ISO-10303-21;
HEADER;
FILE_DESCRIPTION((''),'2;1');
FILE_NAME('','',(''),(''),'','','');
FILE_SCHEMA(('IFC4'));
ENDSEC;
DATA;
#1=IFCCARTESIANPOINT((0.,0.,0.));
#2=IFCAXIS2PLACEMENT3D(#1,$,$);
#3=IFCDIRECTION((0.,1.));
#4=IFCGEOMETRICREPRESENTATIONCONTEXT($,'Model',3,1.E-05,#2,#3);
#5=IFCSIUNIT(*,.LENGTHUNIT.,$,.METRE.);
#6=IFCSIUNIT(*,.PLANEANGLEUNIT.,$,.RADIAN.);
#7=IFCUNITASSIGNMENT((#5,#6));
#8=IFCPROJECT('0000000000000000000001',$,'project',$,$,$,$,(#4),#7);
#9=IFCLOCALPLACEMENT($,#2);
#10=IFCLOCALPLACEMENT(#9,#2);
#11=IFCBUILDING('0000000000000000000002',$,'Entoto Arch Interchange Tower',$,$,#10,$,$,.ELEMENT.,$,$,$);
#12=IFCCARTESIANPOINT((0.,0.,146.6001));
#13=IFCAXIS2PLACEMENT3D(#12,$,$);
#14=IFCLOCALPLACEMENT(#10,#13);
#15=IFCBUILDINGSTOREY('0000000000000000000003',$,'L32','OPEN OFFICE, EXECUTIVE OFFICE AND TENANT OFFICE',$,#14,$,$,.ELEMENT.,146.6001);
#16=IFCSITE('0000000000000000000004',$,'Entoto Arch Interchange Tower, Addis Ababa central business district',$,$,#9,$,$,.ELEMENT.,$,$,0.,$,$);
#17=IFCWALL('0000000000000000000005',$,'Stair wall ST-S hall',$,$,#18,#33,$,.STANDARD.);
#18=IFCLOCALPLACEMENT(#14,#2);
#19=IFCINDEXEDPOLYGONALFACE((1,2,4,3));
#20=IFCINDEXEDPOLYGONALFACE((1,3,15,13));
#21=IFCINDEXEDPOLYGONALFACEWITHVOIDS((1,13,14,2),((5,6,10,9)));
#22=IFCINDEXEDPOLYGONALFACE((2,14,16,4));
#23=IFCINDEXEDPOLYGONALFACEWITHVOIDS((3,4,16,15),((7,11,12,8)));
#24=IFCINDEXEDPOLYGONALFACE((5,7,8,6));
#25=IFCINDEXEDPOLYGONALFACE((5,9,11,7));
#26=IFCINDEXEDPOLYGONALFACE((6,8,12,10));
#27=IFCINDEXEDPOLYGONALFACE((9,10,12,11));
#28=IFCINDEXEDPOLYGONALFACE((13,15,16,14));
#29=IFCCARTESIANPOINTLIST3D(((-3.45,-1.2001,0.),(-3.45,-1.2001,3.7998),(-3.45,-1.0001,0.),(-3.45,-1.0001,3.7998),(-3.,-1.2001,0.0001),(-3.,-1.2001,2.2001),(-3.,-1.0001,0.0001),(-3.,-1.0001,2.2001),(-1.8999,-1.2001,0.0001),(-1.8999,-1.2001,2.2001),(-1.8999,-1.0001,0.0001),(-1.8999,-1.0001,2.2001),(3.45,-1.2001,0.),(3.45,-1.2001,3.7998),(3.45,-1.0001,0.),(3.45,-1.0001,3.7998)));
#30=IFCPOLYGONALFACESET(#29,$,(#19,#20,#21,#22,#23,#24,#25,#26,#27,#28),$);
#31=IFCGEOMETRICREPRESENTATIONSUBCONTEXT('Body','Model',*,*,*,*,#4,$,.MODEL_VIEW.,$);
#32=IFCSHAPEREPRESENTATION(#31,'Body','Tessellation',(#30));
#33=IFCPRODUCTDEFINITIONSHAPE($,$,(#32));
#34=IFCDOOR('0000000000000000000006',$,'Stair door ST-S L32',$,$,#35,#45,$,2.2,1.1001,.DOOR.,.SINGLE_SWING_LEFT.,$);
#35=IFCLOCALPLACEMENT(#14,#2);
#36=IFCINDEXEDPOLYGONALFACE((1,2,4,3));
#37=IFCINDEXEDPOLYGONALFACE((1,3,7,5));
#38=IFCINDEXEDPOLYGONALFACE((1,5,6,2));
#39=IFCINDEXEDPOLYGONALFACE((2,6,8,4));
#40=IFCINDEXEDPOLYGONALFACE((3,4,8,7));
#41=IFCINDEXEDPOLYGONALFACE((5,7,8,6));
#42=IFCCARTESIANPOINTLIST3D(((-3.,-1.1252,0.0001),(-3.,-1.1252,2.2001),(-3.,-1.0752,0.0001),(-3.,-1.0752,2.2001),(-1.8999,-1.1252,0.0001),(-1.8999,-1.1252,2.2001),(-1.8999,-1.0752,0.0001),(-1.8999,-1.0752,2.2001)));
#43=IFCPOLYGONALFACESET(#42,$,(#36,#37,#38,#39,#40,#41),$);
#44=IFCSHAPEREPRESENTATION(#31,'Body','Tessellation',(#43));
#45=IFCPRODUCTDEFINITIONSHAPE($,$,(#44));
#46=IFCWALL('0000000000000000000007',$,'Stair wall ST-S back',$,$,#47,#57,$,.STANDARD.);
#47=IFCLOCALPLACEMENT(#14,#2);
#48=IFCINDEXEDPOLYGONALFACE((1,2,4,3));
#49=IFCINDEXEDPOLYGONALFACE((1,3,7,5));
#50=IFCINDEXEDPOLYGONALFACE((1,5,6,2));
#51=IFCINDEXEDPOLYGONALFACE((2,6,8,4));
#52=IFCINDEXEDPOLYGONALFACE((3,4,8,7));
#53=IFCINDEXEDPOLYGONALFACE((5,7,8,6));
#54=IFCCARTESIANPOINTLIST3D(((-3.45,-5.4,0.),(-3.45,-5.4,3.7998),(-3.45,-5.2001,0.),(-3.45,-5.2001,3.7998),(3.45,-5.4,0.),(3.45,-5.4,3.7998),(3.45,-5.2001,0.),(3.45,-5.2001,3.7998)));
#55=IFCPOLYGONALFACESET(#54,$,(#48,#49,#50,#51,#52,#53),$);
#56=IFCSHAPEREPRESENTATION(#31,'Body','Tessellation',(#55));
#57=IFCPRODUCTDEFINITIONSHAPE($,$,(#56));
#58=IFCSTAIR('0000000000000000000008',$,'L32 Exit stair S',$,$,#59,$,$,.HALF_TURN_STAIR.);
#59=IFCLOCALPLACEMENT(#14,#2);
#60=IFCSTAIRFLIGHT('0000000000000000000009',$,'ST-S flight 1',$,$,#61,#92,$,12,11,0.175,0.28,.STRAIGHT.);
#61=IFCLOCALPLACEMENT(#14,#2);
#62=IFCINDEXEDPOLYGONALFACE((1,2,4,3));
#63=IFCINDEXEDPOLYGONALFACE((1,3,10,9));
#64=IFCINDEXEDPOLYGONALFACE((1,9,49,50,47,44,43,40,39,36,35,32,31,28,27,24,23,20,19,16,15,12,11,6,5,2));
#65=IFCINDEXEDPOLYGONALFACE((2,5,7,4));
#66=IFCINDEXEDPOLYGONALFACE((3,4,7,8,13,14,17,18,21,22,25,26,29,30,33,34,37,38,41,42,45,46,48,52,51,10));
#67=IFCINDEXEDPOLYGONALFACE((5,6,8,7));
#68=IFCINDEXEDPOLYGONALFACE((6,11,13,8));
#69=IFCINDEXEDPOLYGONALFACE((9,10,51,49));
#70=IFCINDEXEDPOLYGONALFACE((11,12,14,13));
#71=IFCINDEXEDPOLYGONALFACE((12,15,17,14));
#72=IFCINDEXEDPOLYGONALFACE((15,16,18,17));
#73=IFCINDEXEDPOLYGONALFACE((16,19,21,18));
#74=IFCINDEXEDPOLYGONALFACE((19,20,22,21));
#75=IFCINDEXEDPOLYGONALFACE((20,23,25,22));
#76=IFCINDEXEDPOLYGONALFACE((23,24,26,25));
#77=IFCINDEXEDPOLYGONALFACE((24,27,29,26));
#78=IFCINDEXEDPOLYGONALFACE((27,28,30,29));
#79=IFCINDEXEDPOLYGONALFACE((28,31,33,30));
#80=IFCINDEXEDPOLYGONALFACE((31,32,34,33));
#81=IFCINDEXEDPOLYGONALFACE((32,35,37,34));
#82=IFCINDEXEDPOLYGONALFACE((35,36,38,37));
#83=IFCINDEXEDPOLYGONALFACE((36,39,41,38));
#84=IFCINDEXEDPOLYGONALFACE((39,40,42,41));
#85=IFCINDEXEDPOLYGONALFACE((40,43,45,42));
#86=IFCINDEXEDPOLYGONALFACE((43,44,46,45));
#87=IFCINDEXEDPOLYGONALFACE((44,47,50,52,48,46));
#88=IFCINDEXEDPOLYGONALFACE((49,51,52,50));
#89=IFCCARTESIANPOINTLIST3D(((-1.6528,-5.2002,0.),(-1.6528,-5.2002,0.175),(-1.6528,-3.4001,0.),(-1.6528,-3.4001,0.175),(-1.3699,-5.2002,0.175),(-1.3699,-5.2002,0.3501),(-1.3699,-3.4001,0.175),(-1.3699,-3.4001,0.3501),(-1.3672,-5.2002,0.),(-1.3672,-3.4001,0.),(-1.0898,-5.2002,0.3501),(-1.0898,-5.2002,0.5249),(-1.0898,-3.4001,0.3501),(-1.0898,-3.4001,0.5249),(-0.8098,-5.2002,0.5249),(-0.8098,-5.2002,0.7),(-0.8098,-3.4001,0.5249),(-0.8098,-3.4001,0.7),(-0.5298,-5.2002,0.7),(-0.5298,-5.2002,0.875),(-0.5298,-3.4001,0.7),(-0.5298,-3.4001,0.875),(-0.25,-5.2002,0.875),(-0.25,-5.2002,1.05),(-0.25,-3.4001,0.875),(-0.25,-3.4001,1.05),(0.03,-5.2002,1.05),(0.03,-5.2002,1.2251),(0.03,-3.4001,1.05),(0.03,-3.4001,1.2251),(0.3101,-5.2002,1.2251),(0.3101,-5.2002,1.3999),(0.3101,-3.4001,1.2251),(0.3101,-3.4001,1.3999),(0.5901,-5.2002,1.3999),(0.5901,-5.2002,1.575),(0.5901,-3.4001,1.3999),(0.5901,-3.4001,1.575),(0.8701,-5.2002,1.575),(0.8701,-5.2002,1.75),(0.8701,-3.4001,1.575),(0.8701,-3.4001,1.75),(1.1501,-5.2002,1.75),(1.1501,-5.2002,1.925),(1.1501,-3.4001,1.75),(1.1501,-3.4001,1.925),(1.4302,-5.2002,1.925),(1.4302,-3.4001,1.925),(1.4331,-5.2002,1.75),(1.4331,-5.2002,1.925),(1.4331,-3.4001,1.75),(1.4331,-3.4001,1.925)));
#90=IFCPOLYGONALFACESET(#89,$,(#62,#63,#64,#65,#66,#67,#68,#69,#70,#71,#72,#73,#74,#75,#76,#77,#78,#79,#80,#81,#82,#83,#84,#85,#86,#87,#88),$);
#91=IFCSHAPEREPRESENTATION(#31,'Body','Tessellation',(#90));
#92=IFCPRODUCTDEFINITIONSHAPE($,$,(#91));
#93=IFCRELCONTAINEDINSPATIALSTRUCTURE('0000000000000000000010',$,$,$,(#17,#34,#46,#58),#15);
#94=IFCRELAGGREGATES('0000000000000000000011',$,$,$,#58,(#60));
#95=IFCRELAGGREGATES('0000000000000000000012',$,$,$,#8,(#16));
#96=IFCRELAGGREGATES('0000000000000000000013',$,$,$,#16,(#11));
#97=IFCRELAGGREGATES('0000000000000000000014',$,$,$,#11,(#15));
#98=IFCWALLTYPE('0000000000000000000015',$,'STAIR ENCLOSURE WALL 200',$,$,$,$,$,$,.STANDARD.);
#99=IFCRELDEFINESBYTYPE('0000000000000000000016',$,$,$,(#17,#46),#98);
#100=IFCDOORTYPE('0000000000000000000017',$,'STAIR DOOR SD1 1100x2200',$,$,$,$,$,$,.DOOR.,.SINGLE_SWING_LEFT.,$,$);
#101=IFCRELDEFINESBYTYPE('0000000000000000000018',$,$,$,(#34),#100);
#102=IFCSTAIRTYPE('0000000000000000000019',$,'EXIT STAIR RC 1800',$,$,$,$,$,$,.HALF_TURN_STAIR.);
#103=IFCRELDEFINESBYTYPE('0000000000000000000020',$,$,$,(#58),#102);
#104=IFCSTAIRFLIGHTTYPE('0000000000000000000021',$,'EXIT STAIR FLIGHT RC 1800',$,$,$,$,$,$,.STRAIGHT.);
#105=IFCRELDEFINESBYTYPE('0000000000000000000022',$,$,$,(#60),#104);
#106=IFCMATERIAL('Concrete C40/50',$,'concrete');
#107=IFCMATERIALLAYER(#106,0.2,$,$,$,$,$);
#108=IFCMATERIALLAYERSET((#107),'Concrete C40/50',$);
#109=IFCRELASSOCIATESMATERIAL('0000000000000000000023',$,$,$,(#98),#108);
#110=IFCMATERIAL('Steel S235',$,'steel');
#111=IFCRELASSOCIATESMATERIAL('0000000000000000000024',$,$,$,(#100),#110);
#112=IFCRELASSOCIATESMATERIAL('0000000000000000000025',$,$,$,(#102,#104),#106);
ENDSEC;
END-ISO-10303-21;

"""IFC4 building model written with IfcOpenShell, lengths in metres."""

from ifc_helpers import new_model, si_unit, direction, frame, frame_2d, origin, place, context, subcontext, project, spatial, polyline, rectangle, outline, extrude, material, layer, layer_set, type_object, element, fill, aggregate, save


model = new_model("IFC4")

# Units and contexts
model_context = context("Model", 3, precision=1e-05, world=origin(), true_north=direction((0.0, 1.0)))
body_context = subcontext(model_context, "Body", "Model", "MODEL_VIEW")
ifc_project = project(units=[si_unit("LENGTHUNIT", "METRE"), si_unit("PLANEANGLEUNIT", "RADIAN")], contexts=[model_context])

# Site, building, storey
site_placement = place(None, origin())
site = spatial("IfcSite", under=ifc_project, at=site_placement, Name="Entoto Arch Interchange Tower, Addis Ababa central business district", CompositionType="ELEMENT", RefElevation=0.0)
building_placement = place(site_placement, origin())
building = spatial("IfcBuilding", under=site, at=building_placement, Name="Entoto Arch Interchange Tower", CompositionType="ELEMENT")
storey_placement = place(building_placement, frame((0.0, 0.0, 146.6001)))
storey = spatial("IfcBuildingStorey", under=building, at=storey_placement, Name="L32", Description="OPEN OFFICE, EXECUTIVE OFFICE AND TENANT OFFICE", CompositionType="ELEMENT", Elevation=146.6001)

# Shared definitions
ifc_material_1 = material(Name="Concrete C40/50", Category="concrete")

# Wall, opening, door
ifc_layer_1 = layer(ifc_material_1, 0.2)
ifc_layer_set_1 = layer_set([ifc_layer_1], Name="Concrete C40/50")
wall_type_1 = type_object("IfcWallType", Name="STAIR ENCLOSURE WALL 200", PredefinedType="STANDARD", material=ifc_layer_set_1)
ifc_material_2 = material(Name="Steel S235", Category="steel")
door_type_1 = type_object("IfcDoorType", Name="STAIR DOOR SD1 1100x2200", OperationType="SINGLE_SWING_LEFT", PredefinedType="DOOR", material=ifc_material_2)
wall_1_placement = place(storey_placement, frame((-3.45, -1.1001, 0.0), z_axis=(0.0, 0.0, 1.0), x_axis=(1.0, 0.0, 0.0)))
wall_1 = element("IfcWall", 1, at=wall_1_placement, inside=storey, type_object=wall_type_1, Name="Stair wall ST-S hall", PredefinedType="STANDARD", context=body_context, shape_type="SweptSolid", body=[
    extrude(rectangle(XDim=6.8999, YDim=0.2, at=frame_2d((3.45, 0.0))), origin(), (0.0, 0.0, 1.0), 3.7998),
])
opening_1_placement = place(wall_1_placement, frame((0.45, 0.0, 0.0)))
opening_1 = element("IfcOpeningElement", 2, at=opening_1_placement, cuts=wall_1, PredefinedType="OPENING", context=body_context, shape_type="SweptSolid", body=[
    extrude(rectangle(XDim=1.1001, YDim=2.2, at=frame_2d((0.55, 1.1001))), frame((0.0, 0.1099, 0.0), z_axis=(0.0, -1.0, 0.0), x_axis=(1.0, 0.0, 0.0)), (0.0, 0.0, 1.0), 0.22),
])
door_1_placement = place(opening_1_placement, origin())
door_1 = element("IfcDoor", 3, at=door_1_placement, inside=storey, type_object=door_type_1, Name="Stair door ST-S L32", OperationType="SINGLE_SWING_LEFT", OverallHeight=2.2, OverallWidth=1.1001, PredefinedType="DOOR", context=body_context, shape_type="SweptSolid", body=[
    extrude(rectangle(XDim=1.1001, YDim=2.2, at=frame_2d((0.55, 1.1001))), frame((0.0, 0.0249, 0.0), z_axis=(0.0, -1.0, 0.0), x_axis=(1.0, 0.0, 0.0)), (0.0, 0.0, 1.0), 0.05),
])
fill(opening_1, door_1)

# Wall
wall_2_placement = place(storey_placement, frame((-3.45, -5.3, 0.0), z_axis=(0.0, 0.0, 1.0), x_axis=(1.0, 0.0, 0.0)))
element("IfcWall", 4, at=wall_2_placement, inside=storey, type_object=wall_type_1, Name="Stair wall ST-S back", PredefinedType="STANDARD", context=body_context, shape_type="SweptSolid", body=[
    extrude(rectangle(XDim=6.8999, YDim=0.2, at=frame_2d((3.45, 0.0))), origin(), (0.0, 0.0, 1.0), 3.7998),
])

# Stair, stair flight
stair_type = type_object("IfcStairType", Name="EXIT STAIR RC 1800", PredefinedType="HALF_TURN_STAIR", material=ifc_material_1)
stair_placement = place(storey_placement, origin())
stair = element("IfcStair", 5, at=stair_placement, inside=storey, type_object=stair_type, Name="L32 Exit stair S", PredefinedType="HALF_TURN_STAIR")
stair_flight_type = type_object("IfcStairFlightType", Name="EXIT STAIR FLIGHT RC 1800", PredefinedType="STRAIGHT", material=ifc_material_1)
stair_flight_placement = place(storey_placement, frame((-1.6499, -4.3, 0.0), z_axis=(0.0, 0.0, 1.0), x_axis=(1.0, 0.0, 0.0)))
stair_flight = element("IfcStairFlight", 6, at=stair_flight_placement, type_object=stair_flight_type, Name="ST-S flight 1", NumberOfRisers=12, NumberOfTreads=11, PredefinedType="STRAIGHT", RiserHeight=0.175, TreadLength=0.28, context=body_context, shape_type="SweptSolid", body=[
    extrude(outline(polyline([(-0.0029, 0.0), (-0.0029, 0.175), (0.28, 0.175), (0.28, 0.3501), (0.5601, 0.3501), (0.5601, 0.5249), (0.8401, 0.5249), (0.8401, 0.7), (1.1201, 0.7), (1.1201, 0.875), (1.3999, 0.875), (1.3999, 1.05), (1.6799, 1.05), (1.6799, 1.2251), (1.96, 1.2251), (1.96, 1.3999), (2.24, 1.3999), (2.24, 1.575), (2.52, 1.575), (2.52, 1.75), (2.8, 1.75), (2.8, 1.925), (3.0801, 1.925), (3.083, 1.925), (3.083, 1.75), (0.2827, 0.0), (-0.0029, 0.0)])), frame((0.0, 0.8999, 0.0), z_axis=(0.0, -1.0, 0.0), x_axis=(1.0, 0.0, 0.0)), (0.0, 0.0, 1.0), 1.8),
])
aggregate(stair, [stair_flight])

save(model, "model.ifc")
